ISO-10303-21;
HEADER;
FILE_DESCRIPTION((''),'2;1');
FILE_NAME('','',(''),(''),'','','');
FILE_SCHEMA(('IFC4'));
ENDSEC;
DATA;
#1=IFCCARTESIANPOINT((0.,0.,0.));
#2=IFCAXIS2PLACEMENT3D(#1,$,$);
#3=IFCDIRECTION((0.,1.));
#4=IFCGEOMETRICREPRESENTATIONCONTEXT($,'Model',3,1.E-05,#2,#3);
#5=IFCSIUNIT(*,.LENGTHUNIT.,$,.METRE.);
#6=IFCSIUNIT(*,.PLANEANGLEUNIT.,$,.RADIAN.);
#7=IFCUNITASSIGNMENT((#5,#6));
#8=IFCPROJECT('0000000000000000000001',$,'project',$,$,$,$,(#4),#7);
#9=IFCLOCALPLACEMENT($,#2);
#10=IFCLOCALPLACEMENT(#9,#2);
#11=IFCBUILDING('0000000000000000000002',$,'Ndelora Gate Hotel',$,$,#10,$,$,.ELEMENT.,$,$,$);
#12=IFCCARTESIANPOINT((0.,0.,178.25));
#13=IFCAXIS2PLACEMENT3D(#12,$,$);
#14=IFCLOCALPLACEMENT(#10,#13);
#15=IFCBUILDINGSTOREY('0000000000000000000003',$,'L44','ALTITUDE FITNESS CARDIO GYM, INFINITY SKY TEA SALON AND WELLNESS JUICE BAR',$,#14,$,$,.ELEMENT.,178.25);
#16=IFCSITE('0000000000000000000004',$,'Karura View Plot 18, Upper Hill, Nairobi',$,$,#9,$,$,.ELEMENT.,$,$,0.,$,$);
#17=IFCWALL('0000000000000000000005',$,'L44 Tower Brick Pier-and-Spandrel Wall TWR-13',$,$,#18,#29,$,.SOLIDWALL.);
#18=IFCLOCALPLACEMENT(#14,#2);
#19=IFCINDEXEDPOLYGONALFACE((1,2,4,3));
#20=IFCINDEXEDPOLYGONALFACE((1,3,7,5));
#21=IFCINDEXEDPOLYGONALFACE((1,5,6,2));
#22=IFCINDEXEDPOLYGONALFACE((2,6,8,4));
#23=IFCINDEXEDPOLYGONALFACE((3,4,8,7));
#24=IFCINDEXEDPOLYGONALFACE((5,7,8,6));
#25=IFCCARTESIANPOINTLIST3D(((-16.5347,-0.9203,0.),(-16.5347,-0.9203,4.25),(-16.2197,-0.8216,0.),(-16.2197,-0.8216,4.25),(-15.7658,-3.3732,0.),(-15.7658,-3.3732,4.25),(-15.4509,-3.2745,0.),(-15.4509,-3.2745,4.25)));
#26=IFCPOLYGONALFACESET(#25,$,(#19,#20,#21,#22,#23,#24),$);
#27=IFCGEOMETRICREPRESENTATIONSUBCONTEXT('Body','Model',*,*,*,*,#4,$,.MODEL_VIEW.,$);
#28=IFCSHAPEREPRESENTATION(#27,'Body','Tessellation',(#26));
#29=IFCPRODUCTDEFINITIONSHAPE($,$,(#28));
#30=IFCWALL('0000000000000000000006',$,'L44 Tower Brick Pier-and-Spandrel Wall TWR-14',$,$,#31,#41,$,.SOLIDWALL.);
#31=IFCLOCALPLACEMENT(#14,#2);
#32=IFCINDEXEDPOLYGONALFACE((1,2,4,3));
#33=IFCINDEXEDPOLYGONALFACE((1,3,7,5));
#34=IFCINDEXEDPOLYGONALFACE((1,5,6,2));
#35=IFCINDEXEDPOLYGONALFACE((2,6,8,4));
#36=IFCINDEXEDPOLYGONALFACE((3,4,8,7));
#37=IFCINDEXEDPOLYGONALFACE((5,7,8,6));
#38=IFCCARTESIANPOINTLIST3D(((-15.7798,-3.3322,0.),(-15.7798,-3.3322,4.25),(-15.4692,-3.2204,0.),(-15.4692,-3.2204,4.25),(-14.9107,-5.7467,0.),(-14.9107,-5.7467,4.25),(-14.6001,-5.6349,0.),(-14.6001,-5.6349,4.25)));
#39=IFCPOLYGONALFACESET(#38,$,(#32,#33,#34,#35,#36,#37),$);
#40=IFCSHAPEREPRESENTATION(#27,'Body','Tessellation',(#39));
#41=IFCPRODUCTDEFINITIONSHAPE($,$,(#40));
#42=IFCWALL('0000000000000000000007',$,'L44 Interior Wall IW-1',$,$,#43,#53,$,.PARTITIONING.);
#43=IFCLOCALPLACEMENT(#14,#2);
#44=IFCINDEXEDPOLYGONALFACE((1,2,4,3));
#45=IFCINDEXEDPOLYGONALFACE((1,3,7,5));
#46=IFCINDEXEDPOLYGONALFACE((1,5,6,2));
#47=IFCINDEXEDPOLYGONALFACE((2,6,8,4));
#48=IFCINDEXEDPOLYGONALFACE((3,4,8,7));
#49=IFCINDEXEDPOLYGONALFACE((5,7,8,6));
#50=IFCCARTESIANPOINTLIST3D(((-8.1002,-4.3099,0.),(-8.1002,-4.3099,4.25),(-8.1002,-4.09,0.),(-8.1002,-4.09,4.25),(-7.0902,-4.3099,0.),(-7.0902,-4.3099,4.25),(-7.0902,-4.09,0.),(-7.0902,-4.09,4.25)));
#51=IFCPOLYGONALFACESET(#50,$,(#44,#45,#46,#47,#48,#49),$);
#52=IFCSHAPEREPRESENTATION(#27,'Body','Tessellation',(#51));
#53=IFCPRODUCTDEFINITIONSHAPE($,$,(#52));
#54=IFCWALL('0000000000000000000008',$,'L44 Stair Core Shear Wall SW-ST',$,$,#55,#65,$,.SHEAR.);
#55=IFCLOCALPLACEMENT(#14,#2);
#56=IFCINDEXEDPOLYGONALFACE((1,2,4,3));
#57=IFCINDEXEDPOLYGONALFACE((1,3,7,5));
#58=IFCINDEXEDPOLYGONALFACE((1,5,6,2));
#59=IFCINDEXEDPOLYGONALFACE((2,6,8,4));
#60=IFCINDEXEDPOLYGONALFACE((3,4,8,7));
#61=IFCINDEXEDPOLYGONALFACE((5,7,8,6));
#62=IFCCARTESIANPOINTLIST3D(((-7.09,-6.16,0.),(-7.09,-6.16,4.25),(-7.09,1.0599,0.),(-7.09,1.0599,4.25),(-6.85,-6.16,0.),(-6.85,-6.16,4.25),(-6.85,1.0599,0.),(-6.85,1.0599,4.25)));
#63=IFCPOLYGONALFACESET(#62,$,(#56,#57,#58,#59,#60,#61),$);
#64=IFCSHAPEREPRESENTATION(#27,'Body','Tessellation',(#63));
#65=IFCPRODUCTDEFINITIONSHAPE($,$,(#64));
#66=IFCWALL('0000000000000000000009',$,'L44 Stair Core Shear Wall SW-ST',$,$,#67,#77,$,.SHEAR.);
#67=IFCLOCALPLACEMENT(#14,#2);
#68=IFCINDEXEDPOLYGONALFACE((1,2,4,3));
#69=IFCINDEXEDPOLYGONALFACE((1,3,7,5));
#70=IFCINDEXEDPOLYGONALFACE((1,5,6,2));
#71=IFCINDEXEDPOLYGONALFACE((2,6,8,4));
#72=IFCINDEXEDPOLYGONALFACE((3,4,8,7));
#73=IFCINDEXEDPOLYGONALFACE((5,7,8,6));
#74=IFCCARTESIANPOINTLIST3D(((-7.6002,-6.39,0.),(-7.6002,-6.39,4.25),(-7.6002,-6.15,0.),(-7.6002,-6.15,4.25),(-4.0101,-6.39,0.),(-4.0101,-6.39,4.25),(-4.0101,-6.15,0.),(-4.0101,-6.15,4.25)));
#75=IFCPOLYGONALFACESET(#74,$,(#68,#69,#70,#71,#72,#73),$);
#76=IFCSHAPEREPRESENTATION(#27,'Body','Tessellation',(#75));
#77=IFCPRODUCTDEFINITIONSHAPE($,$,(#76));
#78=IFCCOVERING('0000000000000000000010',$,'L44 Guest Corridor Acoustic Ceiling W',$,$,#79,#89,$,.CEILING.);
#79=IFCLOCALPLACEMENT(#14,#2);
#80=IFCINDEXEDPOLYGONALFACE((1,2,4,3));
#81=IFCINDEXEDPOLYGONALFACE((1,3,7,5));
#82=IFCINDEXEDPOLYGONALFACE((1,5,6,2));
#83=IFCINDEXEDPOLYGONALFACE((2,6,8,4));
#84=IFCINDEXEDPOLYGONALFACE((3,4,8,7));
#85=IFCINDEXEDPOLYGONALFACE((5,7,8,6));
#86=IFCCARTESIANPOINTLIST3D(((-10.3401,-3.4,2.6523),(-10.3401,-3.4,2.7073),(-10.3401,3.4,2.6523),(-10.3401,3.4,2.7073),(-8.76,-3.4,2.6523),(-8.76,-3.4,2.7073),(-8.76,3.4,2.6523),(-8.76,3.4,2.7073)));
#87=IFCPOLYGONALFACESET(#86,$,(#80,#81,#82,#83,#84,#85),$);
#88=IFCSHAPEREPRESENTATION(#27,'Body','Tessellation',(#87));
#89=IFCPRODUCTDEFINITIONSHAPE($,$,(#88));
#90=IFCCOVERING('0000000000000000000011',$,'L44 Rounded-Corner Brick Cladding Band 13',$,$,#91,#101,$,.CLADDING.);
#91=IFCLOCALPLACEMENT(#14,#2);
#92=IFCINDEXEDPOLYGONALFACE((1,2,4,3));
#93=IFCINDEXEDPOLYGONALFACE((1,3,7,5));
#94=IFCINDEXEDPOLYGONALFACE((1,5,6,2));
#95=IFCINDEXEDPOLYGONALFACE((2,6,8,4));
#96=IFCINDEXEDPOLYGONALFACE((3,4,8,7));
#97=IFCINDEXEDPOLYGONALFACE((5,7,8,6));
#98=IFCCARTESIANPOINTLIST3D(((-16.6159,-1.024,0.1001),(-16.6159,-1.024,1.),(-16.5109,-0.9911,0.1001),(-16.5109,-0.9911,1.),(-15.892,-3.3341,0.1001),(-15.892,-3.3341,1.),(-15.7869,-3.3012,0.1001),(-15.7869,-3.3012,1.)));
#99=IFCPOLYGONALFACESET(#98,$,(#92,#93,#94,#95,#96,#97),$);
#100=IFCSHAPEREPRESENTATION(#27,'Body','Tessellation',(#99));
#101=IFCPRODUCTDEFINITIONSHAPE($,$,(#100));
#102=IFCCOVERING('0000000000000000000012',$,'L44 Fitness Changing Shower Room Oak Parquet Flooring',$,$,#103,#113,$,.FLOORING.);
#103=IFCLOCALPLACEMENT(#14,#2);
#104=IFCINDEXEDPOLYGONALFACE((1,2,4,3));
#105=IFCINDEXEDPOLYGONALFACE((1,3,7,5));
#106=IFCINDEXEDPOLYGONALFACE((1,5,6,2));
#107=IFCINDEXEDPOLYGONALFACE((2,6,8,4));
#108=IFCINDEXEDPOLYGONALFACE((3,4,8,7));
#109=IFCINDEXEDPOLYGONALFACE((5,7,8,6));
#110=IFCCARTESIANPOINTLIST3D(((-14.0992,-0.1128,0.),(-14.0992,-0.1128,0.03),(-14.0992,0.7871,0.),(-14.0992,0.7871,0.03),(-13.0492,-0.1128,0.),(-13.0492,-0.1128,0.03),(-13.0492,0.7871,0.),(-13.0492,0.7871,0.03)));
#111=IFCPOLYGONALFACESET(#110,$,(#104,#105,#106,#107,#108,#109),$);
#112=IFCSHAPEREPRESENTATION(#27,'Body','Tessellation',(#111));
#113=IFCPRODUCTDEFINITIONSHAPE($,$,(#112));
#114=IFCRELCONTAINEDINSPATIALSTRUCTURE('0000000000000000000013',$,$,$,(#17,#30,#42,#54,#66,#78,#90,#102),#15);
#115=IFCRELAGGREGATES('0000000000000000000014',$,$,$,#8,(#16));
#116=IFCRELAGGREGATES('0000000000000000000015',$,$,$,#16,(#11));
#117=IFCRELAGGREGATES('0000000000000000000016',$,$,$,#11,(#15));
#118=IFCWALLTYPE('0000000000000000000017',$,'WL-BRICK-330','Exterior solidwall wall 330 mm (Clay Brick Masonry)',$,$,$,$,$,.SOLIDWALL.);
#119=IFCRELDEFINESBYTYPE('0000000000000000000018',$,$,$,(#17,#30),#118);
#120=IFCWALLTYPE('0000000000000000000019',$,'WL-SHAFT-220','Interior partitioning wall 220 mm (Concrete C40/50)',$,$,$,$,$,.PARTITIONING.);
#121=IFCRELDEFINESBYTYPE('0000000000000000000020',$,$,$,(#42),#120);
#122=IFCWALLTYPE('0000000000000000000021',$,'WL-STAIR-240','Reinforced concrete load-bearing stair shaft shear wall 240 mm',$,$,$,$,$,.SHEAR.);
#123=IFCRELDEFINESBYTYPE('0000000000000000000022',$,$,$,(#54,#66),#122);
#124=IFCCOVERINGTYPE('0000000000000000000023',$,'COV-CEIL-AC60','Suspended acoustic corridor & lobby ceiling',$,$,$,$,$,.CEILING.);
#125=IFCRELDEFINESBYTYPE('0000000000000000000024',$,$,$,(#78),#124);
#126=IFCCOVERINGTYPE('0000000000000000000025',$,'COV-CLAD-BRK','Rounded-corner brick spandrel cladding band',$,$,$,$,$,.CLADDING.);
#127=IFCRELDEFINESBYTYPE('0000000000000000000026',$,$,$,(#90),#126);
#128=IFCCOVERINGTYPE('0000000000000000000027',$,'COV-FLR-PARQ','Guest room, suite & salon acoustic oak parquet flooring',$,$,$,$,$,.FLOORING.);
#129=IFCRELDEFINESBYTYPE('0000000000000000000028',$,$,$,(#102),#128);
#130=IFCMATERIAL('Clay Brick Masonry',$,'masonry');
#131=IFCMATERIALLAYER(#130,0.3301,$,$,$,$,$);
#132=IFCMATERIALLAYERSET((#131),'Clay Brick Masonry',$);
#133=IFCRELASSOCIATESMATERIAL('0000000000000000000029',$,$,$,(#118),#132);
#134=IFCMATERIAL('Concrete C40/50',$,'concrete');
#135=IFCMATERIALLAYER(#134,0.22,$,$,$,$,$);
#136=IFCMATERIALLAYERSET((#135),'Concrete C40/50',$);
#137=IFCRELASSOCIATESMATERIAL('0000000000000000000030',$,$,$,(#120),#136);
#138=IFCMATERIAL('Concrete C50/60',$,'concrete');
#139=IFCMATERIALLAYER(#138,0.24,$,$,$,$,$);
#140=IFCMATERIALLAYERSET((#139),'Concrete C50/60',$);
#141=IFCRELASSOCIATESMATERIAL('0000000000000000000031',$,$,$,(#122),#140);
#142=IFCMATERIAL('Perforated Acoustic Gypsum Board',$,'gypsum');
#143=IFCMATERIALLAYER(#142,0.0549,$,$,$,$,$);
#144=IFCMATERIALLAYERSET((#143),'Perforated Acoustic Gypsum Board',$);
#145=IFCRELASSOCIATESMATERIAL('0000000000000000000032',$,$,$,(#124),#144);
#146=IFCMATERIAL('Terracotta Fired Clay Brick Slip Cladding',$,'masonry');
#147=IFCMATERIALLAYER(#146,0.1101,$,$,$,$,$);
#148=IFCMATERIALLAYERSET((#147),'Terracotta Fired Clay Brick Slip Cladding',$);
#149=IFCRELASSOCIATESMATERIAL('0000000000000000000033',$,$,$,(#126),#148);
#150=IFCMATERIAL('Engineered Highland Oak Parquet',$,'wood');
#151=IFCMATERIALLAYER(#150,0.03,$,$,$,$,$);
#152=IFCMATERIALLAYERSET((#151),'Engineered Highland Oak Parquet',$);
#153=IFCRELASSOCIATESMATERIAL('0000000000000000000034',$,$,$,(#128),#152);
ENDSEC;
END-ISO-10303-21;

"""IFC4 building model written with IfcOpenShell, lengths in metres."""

from ifc_helpers import new_model, si_unit, direction, frame, frame_2d, origin, origin_2d, place, context, subcontext, project, spatial, rectangle, extrude, material, layer, layer_set, type_object, element, save


model = new_model("IFC4")

# Units and contexts
model_context = context("Model", 3, precision=1e-05, world=origin(), true_north=direction((0.0, 1.0)))
body_context = subcontext(model_context, "Body", "Model", "MODEL_VIEW")
ifc_project = project(units=[si_unit("LENGTHUNIT", "METRE"), si_unit("PLANEANGLEUNIT", "RADIAN")], contexts=[model_context])

# Site, building, storey
site_placement = place(None, origin())
site = spatial("IfcSite", under=ifc_project, at=site_placement, Name="Karura View Plot 18, Upper Hill, Nairobi", CompositionType="ELEMENT", RefElevation=0.0)
building_placement = place(site_placement, origin())
building = spatial("IfcBuilding", under=site, at=building_placement, Name="Ndelora Gate Hotel", CompositionType="ELEMENT")
storey_placement = place(building_placement, frame((0.0, 0.0, 178.25)))
storey = spatial("IfcBuildingStorey", under=building, at=storey_placement, Name="L44", Description="ALTITUDE FITNESS CARDIO GYM, INFINITY SKY TEA SALON AND WELLNESS JUICE BAR", CompositionType="ELEMENT", Elevation=178.25)

# Shared definitions
ifc_material_1 = material(Name="Concrete C50/60", Category="concrete")

# Walls
ifc_material_2 = material(Name="Clay Brick Masonry", Category="masonry")
ifc_layer_1 = layer(ifc_material_2, 0.3301)
ifc_layer_set_1 = layer_set([ifc_layer_1], Name="Clay Brick Masonry")
wall_type_1 = type_object("IfcWallType", Name="WL-BRICK-330", Description="Exterior solidwall wall 330 mm (Clay Brick Masonry)", PredefinedType="SOLIDWALL", material=ifc_layer_set_1)
wall_1_placement = place(storey_placement, frame((-15.6084, -3.3237, 0.0), z_axis=(0.0, 0.0, 1.0), x_axis=(-0.299081, 0.954228, 0.0)))
element("IfcWall", 1, at=wall_1_placement, inside=storey, type_object=wall_type_1, Name="L44 Tower Brick Pier-and-Spandrel Wall TWR-13", PredefinedType="SOLIDWALL", context=body_context, shape_type="SweptSolid", body=[
    extrude(rectangle(XDim=2.5706, YDim=0.3301, at=frame_2d((1.2852, 0.0))), origin(), (0.0, 0.0, 1.0), 4.25),
])
wall_2_placement = place(storey_placement, frame((-14.7554, -5.6909, 0.0), z_axis=(0.0, 0.0, 1.0), x_axis=(-0.338686, 0.9409, 0.0)))
element("IfcWall", 2, at=wall_2_placement, inside=storey, type_object=wall_type_1, Name="L44 Tower Brick Pier-and-Spandrel Wall TWR-14", PredefinedType="SOLIDWALL", context=body_context, shape_type="SweptSolid", body=[
    extrude(rectangle(XDim=2.5662, YDim=0.3301, at=frame_2d((1.2832, 0.0))), origin(), (0.0, 0.0, 1.0), 4.25),
])

# Shared definitions
ifc_material_3 = material(Name="Concrete C40/50", Category="concrete")

# Walls
ifc_layer_2 = layer(ifc_material_3, 0.22)
ifc_layer_set_2 = layer_set([ifc_layer_2], Name="Concrete C40/50")
wall_type_2 = type_object("IfcWallType", Name="WL-SHAFT-220", Description="Interior partitioning wall 220 mm (Concrete C40/50)", PredefinedType="PARTITIONING", material=ifc_layer_set_2)
wall_3_placement = place(storey_placement, frame((-8.1001, -4.2, 0.0), z_axis=(0.0, 0.0, 1.0), x_axis=(1.0, 0.0, 0.0)))
element("IfcWall", 3, at=wall_3_placement, inside=storey, type_object=wall_type_2, Name="L44 Interior Wall IW-1", PredefinedType="PARTITIONING", context=body_context, shape_type="SweptSolid", body=[
    extrude(rectangle(XDim=1.01, YDim=0.22, at=frame_2d((0.5049, 0.0))), origin(), (0.0, 0.0, 1.0), 4.25),
])
ifc_layer_3 = layer(ifc_material_1, 0.24)
ifc_layer_set_3 = layer_set([ifc_layer_3], Name="Concrete C50/60")
wall_type_3 = type_object("IfcWallType", Name="WL-STAIR-240", Description="Reinforced concrete load-bearing stair shaft shear wall 240 mm", PredefinedType="SHEAR", material=ifc_layer_set_3)
wall_4_placement = place(storey_placement, frame((-6.97, -6.1599, 0.0), z_axis=(0.0, 0.0, 1.0), x_axis=(0.0, 1.0, 0.0)))
element("IfcWall", 4, at=wall_4_placement, inside=storey, type_object=wall_type_3, Name="L44 Stair Core Shear Wall SW-ST", PredefinedType="SHEAR", context=body_context, shape_type="SweptSolid", body=[
    extrude(rectangle(XDim=7.22, YDim=0.24, at=frame_2d((3.6099, 0.0))), origin(), (0.0, 0.0, 1.0), 4.25),
])
wall_5_placement = place(storey_placement, frame((-7.6001, -6.27, 0.0), z_axis=(0.0, 0.0, 1.0), x_axis=(1.0, 0.0, 0.0)))
element("IfcWall", 5, at=wall_5_placement, inside=storey, type_object=wall_type_3, Name="L44 Stair Core Shear Wall SW-ST", PredefinedType="SHEAR", context=body_context, shape_type="SweptSolid", body=[
    extrude(rectangle(XDim=3.5901, YDim=0.24, at=frame_2d((1.7949, 0.0))), origin(), (0.0, 0.0, 1.0), 4.25),
])

# Coverings
ifc_material_4 = material(Name="Perforated Acoustic Gypsum Board", Category="gypsum")
ifc_layer_4 = layer(ifc_material_4, 0.0549)
ifc_layer_set_4 = layer_set([ifc_layer_4], Name="Perforated Acoustic Gypsum Board")
covering_type_1 = type_object("IfcCoveringType", Name="COV-CEIL-AC60", Description="Suspended acoustic corridor & lobby ceiling", PredefinedType="CEILING", material=ifc_layer_set_4)
covering_1_placement = place(storey_placement, frame((-9.55, 0.0, 2.6523), z_axis=(0.0, 0.0, 1.0), x_axis=(1.0, 0.0, 0.0)))
element("IfcCovering", 6, at=covering_1_placement, inside=storey, type_object=covering_type_1, Name="L44 Guest Corridor Acoustic Ceiling W", PredefinedType="CEILING", context=body_context, shape_type="SweptSolid", body=[
    extrude(rectangle(XDim=1.5801, YDim=6.8, at=origin_2d()), origin(), (0.0, 0.0, 1.0), 0.0549),
])
ifc_material_5 = material(Name="Terracotta Fired Clay Brick Slip Cladding", Category="masonry")
ifc_layer_5 = layer(ifc_material_5, 0.1101)
ifc_layer_set_5 = layer_set([ifc_layer_5], Name="Terracotta Fired Clay Brick Slip Cladding")
covering_type_2 = type_object("IfcCoveringType", Name="COV-CLAD-BRK", Description="Rounded-corner brick spandrel cladding band", PredefinedType="CLADDING", material=ifc_layer_set_5)
covering_2_placement = place(storey_placement, frame((-16.2014, -2.1626, 0.1001), z_axis=(0.0, 0.0, 1.0), x_axis=(-0.299041, 0.95424, 0.0)))
element("IfcCovering", 7, at=covering_2_placement, inside=storey, type_object=covering_type_2, Name="L44 Rounded-Corner Brick Cladding Band 13", PredefinedType="CLADDING", context=body_context, shape_type="SweptSolid", body=[
    extrude(rectangle(XDim=2.4209, YDim=0.1101, at=origin_2d()), origin(), (0.0, 0.0, 1.0), 0.8999),
])
ifc_material_6 = material(Name="Engineered Highland Oak Parquet", Category="wood")
ifc_layer_6 = layer(ifc_material_6, 0.03)
ifc_layer_set_6 = layer_set([ifc_layer_6], Name="Engineered Highland Oak Parquet")
covering_type_3 = type_object("IfcCoveringType", Name="COV-FLR-PARQ", Description="Guest room, suite & salon acoustic oak parquet flooring", PredefinedType="FLOORING", material=ifc_layer_set_6)
covering_3_placement = place(storey_placement, frame((-13.5742, 0.3372, 0.0), z_axis=(0.0, 0.0, 1.0), x_axis=(1.0, 0.0, 0.0)))
element("IfcCovering", 8, at=covering_3_placement, inside=storey, type_object=covering_type_3, Name="L44 Fitness Changing Shower Room Oak Parquet Flooring", PredefinedType="FLOORING", context=body_context, shape_type="SweptSolid", body=[
    extrude(rectangle(XDim=1.05, YDim=0.8999, at=origin_2d()), origin(), (0.0, 0.0, 1.0), 0.03),
])

save(model, "model.ifc")
